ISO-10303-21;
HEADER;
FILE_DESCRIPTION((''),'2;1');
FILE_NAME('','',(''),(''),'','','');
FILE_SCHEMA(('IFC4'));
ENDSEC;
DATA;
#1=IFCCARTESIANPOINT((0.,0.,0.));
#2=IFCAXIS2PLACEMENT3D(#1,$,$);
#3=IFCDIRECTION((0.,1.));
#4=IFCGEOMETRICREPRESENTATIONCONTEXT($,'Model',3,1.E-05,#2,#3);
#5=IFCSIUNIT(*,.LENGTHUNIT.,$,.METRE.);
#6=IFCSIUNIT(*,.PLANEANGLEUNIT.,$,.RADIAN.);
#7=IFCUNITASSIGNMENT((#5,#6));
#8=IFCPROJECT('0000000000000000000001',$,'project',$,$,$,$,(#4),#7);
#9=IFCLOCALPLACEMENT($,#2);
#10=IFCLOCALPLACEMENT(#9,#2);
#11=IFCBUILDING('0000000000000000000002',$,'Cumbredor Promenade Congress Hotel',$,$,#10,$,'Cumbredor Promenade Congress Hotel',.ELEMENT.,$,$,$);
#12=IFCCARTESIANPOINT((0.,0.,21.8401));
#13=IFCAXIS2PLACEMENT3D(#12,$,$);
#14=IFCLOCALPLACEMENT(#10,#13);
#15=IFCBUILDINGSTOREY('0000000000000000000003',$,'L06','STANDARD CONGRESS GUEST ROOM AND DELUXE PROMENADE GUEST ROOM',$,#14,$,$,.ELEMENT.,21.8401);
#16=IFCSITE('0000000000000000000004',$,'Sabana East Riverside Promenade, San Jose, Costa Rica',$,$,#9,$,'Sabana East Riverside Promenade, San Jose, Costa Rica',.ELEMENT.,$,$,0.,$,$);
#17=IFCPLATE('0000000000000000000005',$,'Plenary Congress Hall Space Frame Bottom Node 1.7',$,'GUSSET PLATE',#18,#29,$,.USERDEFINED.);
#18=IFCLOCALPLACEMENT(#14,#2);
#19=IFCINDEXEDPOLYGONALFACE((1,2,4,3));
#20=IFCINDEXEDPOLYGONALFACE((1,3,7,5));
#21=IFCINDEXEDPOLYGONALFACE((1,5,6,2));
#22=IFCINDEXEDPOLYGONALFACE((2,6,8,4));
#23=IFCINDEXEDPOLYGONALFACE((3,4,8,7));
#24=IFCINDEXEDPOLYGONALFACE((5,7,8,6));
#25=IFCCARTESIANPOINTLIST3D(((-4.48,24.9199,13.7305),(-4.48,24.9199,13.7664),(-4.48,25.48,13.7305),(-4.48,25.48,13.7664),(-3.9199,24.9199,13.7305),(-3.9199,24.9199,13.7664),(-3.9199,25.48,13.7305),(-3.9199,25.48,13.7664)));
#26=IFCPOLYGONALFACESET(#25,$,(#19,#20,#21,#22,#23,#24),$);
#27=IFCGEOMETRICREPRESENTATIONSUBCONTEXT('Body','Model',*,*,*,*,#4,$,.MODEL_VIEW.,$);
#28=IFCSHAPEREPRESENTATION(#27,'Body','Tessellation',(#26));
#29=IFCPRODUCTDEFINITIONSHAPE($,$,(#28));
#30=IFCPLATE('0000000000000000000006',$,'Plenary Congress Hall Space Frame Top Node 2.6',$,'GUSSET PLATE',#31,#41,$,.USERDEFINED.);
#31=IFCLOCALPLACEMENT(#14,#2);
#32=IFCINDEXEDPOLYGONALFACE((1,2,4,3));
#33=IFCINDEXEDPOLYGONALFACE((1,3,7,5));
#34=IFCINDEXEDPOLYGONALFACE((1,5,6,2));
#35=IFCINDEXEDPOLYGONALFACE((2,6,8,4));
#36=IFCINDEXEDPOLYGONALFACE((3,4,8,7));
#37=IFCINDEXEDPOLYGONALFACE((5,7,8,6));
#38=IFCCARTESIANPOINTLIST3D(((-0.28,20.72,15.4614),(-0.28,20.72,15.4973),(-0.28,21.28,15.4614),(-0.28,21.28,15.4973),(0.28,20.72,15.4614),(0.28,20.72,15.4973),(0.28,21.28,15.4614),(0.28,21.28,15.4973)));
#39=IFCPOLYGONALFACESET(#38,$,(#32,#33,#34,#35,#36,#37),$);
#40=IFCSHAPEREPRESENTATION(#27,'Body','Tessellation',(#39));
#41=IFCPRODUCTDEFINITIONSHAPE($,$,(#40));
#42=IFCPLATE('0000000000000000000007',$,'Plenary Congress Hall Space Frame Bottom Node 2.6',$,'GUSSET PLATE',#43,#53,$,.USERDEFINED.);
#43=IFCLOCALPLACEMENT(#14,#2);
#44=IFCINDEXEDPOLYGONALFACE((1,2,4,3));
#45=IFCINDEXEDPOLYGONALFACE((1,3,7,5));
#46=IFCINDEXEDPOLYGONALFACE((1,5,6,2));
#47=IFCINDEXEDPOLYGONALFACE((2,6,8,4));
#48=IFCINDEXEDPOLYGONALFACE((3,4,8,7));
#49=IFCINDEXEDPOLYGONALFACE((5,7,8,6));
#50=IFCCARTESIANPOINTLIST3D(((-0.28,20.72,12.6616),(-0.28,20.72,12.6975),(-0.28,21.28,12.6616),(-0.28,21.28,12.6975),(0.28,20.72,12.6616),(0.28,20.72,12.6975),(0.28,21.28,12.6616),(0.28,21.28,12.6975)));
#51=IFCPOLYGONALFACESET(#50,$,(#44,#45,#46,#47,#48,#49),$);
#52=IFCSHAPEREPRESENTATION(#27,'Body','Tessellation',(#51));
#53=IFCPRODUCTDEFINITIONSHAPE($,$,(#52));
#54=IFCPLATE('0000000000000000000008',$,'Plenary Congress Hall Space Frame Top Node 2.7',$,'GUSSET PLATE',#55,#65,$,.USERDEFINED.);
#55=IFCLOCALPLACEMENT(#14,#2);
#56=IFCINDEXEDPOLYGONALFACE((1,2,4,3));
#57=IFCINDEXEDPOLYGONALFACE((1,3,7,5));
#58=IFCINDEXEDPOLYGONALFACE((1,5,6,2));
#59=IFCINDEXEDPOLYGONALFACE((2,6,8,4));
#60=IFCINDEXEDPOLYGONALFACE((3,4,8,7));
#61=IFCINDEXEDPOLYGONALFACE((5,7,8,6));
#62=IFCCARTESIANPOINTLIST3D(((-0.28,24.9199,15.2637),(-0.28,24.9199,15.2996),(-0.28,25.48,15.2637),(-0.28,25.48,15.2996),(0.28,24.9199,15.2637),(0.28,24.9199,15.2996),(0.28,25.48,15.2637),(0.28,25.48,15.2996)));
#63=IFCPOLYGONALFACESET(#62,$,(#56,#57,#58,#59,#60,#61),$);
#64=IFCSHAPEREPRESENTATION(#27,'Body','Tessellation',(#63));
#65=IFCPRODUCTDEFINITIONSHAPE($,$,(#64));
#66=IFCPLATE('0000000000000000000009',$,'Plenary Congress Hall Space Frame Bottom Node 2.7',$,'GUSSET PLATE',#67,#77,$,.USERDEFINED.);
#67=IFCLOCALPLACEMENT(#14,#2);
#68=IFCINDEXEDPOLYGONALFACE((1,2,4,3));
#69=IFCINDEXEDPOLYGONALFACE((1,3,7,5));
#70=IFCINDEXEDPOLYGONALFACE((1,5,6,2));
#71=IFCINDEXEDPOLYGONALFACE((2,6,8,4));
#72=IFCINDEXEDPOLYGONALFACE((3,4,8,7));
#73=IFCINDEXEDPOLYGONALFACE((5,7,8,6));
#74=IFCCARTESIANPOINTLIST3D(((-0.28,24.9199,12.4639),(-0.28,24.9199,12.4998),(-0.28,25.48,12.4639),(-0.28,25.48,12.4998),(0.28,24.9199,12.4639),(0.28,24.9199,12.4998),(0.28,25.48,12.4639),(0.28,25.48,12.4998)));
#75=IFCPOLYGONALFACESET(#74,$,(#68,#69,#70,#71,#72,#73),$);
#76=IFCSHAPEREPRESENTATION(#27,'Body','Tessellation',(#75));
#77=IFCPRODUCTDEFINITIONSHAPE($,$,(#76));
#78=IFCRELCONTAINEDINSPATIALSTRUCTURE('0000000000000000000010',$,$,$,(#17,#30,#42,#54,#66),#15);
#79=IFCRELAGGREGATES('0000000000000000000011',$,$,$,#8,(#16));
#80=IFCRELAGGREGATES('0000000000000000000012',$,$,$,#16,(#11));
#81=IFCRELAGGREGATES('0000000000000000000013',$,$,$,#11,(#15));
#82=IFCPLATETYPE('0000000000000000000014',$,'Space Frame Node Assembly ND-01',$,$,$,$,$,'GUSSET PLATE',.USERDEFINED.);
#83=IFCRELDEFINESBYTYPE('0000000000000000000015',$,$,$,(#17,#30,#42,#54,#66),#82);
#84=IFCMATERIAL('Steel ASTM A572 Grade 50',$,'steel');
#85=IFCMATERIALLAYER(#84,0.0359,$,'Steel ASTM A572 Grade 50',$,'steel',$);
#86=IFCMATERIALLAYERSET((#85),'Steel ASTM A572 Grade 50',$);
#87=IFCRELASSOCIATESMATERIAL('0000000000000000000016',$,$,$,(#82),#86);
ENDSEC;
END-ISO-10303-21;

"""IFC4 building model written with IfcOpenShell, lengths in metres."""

from ifc_helpers import new_model, si_unit, direction, frame, origin, origin_2d, place, context, subcontext, project, spatial, rectangle, extrude, material, layer, layer_set, type_object, element, save


model = new_model("IFC4")

# Units and contexts
model_context = context("Model", 3, precision=1e-05, world=origin(), true_north=direction((0.0, 1.0)))
body_context = subcontext(model_context, "Body", "Model", "MODEL_VIEW")
ifc_project = project(units=[si_unit("LENGTHUNIT", "METRE"), si_unit("PLANEANGLEUNIT", "RADIAN")], contexts=[model_context])

# Site, building, storey
site_placement = place(None, origin())
site = spatial("IfcSite", under=ifc_project, at=site_placement, Name="Sabana East Riverside Promenade, San Jose, Costa Rica", LongName="Sabana East Riverside Promenade, San Jose, Costa Rica", CompositionType="ELEMENT", RefElevation=0.0)
building_placement = place(site_placement, origin())
building = spatial("IfcBuilding", under=site, at=building_placement, Name="Cumbredor Promenade Congress Hotel", LongName="Cumbredor Promenade Congress Hotel", CompositionType="ELEMENT")
storey_placement = place(building_placement, frame((0.0, 0.0, 21.8401)))
storey = spatial("IfcBuildingStorey", under=building, at=storey_placement, Name="L06", Description="STANDARD CONGRESS GUEST ROOM AND DELUXE PROMENADE GUEST ROOM", CompositionType="ELEMENT", Elevation=21.8401)

# Plates
ifc_material_1 = material(Name="Steel ASTM A572 Grade 50", Category="steel")
ifc_layer = layer(ifc_material_1, 0.0359, Name="Steel ASTM A572 Grade 50", Category="steel")
ifc_layer_set = layer_set([ifc_layer], Name="Steel ASTM A572 Grade 50")
plate_type = type_object("IfcPlateType", Name="Space Frame Node Assembly ND-01", ElementType="GUSSET PLATE", PredefinedType="USERDEFINED", material=ifc_layer_set)
for number, where, z_axis, x_axis, name in (
    (1, (-4.2, 25.2, 13.7305), (0.0, 0.0, 1.0), (1.0, 0.0, 0.0), "Plenary Congress Hall Space Frame Bottom Node 1.7"),
    (2, (0.0, 21.0, 15.4614), (0.0, 0.0, 1.0), (1.0, 0.0, 0.0), "Plenary Congress Hall Space Frame Top Node 2.6"),
    (3, (0.0, 21.0, 12.6616), (0.0, 0.0, 1.0), (1.0, 0.0, 0.0), "Plenary Congress Hall Space Frame Bottom Node 2.6"),
    (4, (0.0, 25.2, 15.2637), (0.0, 0.0, 1.0), (1.0, 0.0, 0.0), "Plenary Congress Hall Space Frame Top Node 2.7"),
    (5, (0.0, 25.2, 12.4639), (0.0, 0.0, 1.0), (1.0, 0.0, 0.0), "Plenary Congress Hall Space Frame Bottom Node 2.7"),
):
    element("IfcPlate", number, at=place(storey_placement, frame(where, z_axis=z_axis, x_axis=x_axis)), inside=storey, type_object=plate_type, Name=name, ObjectType="GUSSET PLATE", PredefinedType="USERDEFINED", context=body_context, shape_type="SweptSolid", body=[
        extrude(rectangle(XDim=0.5601, YDim=0.5601, at=origin_2d()), origin(), (0.0, 0.0, 1.0), 0.0359),
    ])

save(model, "model.ifc")
